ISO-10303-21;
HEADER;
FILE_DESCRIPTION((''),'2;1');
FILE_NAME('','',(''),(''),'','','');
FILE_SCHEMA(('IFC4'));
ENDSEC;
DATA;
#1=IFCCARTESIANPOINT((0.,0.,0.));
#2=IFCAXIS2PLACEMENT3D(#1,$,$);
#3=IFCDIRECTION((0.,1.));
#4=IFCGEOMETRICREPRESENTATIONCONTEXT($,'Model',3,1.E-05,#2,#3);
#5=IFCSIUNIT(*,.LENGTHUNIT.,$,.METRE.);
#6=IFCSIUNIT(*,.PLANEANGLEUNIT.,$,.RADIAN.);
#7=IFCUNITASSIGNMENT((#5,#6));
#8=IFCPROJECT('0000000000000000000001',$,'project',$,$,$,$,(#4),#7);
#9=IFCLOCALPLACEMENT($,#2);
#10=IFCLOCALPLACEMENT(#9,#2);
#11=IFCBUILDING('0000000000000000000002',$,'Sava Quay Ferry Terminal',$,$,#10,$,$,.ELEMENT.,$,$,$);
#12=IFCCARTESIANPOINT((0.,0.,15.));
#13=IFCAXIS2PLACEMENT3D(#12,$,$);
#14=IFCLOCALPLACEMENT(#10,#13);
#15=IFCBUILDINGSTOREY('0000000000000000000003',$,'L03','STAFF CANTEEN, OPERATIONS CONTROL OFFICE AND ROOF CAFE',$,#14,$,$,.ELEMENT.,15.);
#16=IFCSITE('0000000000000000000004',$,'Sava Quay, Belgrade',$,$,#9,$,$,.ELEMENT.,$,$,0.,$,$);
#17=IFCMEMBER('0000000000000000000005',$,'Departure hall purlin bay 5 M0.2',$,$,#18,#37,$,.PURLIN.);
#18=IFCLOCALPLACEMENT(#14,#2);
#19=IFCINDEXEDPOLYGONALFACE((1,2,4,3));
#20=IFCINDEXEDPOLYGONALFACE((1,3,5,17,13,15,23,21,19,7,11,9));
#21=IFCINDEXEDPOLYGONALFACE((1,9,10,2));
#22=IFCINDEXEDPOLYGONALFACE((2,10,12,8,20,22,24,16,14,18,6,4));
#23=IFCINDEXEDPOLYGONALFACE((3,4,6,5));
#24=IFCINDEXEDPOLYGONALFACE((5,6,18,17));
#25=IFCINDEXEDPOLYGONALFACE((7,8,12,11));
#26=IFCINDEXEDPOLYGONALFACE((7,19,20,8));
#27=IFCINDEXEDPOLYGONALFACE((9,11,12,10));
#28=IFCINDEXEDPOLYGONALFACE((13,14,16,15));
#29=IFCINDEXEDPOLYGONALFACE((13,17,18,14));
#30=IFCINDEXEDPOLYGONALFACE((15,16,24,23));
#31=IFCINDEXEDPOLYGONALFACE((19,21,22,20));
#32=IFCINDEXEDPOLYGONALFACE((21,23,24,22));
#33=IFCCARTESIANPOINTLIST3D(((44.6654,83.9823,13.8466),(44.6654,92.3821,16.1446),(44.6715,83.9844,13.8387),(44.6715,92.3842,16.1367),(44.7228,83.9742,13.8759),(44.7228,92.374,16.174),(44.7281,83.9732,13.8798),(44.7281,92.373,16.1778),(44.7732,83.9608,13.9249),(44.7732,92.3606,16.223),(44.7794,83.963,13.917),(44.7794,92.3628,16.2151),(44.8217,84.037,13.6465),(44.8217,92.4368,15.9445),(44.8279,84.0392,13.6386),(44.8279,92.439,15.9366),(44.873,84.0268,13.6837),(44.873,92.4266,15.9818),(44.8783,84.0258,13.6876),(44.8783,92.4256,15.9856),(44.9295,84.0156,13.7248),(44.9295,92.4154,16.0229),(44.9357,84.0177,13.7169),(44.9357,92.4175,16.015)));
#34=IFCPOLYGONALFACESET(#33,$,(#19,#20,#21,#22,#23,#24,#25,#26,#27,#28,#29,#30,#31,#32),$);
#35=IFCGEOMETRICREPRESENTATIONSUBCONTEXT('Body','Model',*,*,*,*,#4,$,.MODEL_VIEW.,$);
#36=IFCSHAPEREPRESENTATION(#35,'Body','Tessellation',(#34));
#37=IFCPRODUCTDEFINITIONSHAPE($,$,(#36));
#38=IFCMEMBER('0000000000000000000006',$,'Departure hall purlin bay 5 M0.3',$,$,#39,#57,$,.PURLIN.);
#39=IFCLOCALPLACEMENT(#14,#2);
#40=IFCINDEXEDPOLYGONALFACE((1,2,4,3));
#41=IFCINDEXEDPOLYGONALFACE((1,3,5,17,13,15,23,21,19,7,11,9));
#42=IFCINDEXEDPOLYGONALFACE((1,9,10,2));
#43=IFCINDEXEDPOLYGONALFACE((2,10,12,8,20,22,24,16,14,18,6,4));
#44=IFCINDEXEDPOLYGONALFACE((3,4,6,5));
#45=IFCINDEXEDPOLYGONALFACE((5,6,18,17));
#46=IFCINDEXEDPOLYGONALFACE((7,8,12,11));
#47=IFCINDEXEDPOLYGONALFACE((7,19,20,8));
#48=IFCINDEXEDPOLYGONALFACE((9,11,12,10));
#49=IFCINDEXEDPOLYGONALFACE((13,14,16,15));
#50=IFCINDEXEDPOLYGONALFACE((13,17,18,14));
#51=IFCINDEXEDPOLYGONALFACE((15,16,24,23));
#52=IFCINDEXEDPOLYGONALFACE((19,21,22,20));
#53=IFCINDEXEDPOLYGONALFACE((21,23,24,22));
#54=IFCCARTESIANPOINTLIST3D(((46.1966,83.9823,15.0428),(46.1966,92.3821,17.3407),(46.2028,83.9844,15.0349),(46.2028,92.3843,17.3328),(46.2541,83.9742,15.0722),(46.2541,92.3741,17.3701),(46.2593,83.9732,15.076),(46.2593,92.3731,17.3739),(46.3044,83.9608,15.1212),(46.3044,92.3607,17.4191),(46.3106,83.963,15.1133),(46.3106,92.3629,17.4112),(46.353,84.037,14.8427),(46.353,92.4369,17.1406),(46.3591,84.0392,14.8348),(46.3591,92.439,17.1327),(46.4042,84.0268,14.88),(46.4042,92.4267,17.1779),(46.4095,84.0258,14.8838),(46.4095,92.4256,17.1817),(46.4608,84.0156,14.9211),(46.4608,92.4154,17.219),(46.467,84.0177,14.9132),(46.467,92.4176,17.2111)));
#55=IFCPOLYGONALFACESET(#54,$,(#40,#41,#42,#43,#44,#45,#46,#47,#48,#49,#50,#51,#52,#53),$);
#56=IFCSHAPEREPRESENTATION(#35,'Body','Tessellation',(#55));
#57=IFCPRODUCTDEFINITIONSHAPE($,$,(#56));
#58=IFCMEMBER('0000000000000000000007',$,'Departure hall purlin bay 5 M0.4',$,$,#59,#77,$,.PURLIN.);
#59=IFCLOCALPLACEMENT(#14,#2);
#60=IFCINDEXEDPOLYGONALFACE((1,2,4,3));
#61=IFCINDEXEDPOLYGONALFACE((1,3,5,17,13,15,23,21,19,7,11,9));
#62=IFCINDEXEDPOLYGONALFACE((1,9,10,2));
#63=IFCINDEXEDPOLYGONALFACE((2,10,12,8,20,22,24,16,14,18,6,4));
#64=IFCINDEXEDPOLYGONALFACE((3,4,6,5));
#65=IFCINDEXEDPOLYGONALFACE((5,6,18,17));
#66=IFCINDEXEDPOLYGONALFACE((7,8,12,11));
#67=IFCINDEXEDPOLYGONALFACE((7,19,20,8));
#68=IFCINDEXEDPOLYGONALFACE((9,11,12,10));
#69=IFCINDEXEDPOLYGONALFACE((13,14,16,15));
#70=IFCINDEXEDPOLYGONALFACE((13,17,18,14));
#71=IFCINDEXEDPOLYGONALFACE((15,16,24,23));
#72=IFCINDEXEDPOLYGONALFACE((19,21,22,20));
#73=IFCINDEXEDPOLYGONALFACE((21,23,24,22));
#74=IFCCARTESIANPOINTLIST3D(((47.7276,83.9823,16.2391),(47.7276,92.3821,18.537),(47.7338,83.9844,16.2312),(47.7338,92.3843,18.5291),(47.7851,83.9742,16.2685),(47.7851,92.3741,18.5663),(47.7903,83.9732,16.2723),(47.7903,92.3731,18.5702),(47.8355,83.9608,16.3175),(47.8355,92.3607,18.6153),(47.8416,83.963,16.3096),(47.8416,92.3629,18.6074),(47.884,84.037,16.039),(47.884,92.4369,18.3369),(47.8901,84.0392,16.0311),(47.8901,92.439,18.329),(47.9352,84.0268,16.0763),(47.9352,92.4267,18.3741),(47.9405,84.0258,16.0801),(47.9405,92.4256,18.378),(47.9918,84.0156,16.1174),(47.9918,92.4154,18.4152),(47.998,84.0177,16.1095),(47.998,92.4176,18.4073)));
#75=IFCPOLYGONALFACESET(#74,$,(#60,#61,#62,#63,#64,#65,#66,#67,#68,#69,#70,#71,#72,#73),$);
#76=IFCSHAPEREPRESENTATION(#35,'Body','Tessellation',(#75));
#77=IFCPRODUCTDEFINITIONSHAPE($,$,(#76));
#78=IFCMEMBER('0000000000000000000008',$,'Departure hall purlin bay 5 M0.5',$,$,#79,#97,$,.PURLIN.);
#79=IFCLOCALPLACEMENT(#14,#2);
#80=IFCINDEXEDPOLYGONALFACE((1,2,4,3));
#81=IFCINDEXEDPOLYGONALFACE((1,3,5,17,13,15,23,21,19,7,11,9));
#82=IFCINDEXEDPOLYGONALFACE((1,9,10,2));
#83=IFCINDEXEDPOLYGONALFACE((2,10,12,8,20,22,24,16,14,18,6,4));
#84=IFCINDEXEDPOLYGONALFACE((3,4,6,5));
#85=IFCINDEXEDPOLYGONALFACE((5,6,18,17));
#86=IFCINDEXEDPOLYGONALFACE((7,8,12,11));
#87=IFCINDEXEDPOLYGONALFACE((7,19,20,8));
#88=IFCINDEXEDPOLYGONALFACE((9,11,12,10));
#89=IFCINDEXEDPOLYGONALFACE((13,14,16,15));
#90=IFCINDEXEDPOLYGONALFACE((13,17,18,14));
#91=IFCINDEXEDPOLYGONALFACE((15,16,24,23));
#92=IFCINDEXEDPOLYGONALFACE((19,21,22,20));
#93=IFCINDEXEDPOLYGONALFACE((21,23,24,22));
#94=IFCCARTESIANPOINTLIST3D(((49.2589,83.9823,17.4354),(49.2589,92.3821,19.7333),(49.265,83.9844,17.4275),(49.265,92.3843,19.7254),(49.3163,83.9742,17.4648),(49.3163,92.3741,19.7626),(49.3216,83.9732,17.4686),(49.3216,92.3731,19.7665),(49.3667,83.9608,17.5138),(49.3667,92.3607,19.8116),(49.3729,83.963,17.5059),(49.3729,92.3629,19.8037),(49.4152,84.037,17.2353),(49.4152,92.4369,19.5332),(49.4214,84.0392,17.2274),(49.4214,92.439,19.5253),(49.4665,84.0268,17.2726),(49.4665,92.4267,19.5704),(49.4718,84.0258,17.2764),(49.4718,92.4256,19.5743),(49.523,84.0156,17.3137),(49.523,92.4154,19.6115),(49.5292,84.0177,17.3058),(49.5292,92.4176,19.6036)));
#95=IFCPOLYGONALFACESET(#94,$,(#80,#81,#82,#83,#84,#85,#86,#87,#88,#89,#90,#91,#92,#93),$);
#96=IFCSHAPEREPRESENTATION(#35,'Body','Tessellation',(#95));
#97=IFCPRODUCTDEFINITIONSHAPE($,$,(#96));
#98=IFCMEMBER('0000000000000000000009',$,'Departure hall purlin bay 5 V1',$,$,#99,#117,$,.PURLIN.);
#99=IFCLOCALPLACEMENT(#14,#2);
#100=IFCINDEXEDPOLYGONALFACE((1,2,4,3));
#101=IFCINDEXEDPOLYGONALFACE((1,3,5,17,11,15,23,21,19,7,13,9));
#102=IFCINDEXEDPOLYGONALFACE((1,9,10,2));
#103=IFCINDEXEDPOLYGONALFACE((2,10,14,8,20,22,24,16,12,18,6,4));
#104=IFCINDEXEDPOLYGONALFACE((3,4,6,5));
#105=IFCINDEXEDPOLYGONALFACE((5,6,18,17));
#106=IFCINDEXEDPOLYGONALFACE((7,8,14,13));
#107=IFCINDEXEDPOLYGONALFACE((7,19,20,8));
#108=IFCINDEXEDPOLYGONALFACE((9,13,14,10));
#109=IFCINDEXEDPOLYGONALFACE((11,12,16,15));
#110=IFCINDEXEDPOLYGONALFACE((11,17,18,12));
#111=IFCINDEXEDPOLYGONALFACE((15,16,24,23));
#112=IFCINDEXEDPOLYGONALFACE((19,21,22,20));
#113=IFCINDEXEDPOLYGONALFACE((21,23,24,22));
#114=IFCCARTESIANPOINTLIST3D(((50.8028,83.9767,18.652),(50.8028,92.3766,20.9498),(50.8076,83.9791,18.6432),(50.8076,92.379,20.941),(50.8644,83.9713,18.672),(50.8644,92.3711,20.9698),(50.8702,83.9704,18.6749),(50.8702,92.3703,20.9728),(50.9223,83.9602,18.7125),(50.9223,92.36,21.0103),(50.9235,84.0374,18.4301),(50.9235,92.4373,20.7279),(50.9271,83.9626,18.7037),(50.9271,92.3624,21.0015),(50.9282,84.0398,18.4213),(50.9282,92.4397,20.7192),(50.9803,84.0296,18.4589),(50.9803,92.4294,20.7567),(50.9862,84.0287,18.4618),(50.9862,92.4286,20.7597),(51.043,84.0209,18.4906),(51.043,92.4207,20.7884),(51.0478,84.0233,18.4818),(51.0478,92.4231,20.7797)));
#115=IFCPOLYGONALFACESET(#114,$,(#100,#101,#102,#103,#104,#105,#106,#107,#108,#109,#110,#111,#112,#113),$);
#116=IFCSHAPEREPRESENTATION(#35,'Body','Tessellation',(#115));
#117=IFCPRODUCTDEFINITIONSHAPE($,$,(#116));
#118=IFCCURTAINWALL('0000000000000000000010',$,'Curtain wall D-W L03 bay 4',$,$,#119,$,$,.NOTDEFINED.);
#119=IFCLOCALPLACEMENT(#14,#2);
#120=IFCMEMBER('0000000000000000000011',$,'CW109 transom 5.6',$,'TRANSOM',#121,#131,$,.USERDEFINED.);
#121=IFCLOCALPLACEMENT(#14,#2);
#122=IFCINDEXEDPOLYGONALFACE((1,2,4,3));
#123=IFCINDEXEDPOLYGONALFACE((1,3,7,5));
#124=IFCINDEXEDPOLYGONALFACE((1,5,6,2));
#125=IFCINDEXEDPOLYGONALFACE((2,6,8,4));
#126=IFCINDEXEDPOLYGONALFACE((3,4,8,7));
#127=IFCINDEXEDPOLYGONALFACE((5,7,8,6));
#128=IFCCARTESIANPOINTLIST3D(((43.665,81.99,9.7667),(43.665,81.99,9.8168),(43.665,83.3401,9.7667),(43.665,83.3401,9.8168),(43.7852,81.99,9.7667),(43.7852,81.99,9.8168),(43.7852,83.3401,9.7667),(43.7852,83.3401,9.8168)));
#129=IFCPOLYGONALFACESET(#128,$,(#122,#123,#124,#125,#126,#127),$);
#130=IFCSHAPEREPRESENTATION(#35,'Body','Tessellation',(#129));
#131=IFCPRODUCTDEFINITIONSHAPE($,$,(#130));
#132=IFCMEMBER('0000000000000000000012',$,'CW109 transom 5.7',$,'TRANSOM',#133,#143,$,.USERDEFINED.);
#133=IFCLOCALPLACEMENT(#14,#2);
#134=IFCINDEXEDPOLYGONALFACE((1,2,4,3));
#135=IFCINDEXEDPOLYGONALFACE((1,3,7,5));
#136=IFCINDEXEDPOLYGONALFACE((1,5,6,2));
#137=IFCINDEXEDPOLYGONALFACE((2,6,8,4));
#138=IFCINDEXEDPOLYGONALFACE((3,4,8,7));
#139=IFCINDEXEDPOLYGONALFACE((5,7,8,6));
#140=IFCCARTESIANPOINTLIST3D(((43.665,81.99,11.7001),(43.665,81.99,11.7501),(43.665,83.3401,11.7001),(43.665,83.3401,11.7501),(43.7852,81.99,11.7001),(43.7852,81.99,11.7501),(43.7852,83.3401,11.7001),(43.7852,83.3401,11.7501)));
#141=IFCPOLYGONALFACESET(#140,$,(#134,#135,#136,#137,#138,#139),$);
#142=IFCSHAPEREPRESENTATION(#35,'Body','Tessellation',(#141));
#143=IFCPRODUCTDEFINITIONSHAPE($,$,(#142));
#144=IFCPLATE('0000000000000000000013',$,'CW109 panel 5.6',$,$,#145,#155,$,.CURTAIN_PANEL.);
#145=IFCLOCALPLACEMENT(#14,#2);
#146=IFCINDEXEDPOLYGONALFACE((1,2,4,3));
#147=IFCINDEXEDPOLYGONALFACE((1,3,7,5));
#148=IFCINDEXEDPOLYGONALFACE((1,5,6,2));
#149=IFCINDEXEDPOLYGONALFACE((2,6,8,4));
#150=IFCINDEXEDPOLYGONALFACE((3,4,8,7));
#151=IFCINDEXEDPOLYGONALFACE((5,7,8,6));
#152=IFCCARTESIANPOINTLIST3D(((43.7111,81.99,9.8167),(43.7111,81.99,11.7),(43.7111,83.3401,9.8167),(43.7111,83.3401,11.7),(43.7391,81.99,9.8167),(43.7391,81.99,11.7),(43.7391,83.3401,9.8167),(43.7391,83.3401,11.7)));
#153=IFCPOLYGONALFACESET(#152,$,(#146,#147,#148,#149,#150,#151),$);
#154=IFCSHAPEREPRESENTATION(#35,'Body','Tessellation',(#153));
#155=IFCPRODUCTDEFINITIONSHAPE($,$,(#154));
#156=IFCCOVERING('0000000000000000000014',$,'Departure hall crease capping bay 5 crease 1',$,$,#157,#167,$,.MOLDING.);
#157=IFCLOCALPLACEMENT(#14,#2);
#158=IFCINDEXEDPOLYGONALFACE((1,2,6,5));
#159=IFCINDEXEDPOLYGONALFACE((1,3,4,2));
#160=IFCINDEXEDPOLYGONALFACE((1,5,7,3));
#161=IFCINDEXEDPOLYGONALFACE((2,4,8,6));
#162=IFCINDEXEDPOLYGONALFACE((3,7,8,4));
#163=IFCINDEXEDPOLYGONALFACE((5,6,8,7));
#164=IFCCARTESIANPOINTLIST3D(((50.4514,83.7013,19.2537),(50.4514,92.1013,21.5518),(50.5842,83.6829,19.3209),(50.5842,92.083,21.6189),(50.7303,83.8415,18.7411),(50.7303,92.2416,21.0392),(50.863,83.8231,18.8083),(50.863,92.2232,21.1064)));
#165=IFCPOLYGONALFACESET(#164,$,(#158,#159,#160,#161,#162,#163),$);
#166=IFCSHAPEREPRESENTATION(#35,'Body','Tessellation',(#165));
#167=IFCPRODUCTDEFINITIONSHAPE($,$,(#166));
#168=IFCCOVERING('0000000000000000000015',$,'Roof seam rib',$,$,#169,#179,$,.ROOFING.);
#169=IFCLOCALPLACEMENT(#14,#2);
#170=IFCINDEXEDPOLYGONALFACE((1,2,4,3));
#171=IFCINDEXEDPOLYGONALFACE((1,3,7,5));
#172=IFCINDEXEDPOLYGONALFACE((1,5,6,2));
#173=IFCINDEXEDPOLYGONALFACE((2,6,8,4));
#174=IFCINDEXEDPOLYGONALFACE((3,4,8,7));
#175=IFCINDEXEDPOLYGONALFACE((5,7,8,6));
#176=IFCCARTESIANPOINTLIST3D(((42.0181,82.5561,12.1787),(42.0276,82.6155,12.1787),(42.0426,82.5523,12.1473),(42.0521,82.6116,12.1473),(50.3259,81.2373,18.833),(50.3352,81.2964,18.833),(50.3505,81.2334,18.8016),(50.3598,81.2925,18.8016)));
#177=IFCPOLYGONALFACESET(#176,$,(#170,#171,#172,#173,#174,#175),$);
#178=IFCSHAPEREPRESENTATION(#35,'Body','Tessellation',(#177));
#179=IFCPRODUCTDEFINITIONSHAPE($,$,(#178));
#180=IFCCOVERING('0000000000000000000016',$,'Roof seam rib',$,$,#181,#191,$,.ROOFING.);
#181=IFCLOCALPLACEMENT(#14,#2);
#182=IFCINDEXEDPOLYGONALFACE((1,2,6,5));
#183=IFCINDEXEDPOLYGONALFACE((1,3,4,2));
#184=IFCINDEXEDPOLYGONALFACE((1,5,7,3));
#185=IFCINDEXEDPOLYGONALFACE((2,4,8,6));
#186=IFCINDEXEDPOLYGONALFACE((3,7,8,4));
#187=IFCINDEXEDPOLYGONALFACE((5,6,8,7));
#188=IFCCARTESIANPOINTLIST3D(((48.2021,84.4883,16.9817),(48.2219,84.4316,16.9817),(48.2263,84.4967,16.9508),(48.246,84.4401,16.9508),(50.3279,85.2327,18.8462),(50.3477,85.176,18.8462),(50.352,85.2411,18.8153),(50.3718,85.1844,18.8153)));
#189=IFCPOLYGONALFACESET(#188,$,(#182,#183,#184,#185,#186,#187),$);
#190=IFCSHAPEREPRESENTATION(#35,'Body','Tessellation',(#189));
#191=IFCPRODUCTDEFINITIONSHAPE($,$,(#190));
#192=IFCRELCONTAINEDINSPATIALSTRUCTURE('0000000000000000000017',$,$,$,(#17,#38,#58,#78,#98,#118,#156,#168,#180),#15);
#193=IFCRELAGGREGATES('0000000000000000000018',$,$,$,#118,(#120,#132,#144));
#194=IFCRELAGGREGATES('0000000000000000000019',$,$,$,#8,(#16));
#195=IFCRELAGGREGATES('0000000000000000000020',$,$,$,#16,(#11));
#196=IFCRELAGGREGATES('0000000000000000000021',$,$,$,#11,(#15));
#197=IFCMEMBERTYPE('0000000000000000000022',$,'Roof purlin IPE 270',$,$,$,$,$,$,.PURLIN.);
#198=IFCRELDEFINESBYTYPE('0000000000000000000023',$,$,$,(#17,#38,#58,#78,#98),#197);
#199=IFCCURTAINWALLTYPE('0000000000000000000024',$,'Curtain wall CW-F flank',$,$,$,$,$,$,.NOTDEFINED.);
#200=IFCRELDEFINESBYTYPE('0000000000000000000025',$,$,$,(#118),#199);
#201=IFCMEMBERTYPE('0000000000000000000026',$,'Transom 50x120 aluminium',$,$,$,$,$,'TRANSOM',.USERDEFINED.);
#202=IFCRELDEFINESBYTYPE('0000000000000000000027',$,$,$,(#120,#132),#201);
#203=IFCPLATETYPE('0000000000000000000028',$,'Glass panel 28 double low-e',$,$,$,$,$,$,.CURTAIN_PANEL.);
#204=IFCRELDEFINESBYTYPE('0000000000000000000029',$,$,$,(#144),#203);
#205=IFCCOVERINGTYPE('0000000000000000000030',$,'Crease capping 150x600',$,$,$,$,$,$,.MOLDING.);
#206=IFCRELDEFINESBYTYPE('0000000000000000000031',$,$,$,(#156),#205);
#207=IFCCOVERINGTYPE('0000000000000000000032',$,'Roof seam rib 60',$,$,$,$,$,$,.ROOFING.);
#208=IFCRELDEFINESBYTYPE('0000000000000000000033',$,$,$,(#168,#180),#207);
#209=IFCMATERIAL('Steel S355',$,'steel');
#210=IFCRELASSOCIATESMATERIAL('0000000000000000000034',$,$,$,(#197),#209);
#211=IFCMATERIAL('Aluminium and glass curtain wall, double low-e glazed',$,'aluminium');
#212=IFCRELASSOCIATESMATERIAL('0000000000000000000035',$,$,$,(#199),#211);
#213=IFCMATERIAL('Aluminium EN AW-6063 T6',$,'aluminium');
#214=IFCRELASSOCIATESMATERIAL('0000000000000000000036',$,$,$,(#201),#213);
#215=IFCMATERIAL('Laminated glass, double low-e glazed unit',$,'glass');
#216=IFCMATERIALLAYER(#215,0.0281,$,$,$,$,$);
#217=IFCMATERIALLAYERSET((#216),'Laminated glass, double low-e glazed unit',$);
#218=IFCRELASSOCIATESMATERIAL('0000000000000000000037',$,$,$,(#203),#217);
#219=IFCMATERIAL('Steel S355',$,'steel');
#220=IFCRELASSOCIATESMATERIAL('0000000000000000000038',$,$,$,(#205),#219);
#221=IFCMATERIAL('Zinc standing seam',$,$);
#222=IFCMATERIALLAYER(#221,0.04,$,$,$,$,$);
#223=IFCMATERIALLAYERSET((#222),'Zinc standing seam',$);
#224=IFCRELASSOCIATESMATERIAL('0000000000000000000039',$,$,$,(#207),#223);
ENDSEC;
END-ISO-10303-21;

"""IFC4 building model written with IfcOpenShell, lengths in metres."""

from ifc_helpers import new_model, si_unit, direction, frame, origin, origin_2d, place, context, subcontext, project, spatial, polyline, rectangle, i_section, outline, extrude, material, layer, layer_set, material_profile, profile_set, type_object, element, aggregate, save


model = new_model("IFC4")

# Units and contexts
model_context = context("Model", 3, precision=1e-05, world=origin(), true_north=direction((0.0, 1.0)))
body_context = subcontext(model_context, "Body", "Model", "MODEL_VIEW")
ifc_project = project(units=[si_unit("LENGTHUNIT", "METRE"), si_unit("PLANEANGLEUNIT", "RADIAN")], contexts=[model_context])

# Site, building, storey
site_placement = place(None, origin())
site = spatial("IfcSite", under=ifc_project, at=site_placement, Name="Sava Quay, Belgrade", CompositionType="ELEMENT", RefElevation=0.0)
building_placement = place(site_placement, origin())
building = spatial("IfcBuilding", under=site, at=building_placement, Name="Sava Quay Ferry Terminal", CompositionType="ELEMENT")
storey_placement = place(building_placement, frame((0.0, 0.0, 15.0)))
storey = spatial("IfcBuildingStorey", under=building, at=storey_placement, Name="L03", Description="STAFF CANTEEN, OPERATIONS CONTROL OFFICE AND ROOF CAFE", CompositionType="ELEMENT", Elevation=15.0)

# Members
ifc_material_1 = material(Name="Steel S355", Category="steel")
ifc_material_profile_1 = material_profile(ifc_material_1, i_section(OverallWidth=0.135, OverallDepth=0.27, WebThickness=0.0066, FlangeThickness=0.0103, at=origin_2d()), Name="IPE 270")
ifc_profile_set_1 = profile_set([ifc_material_profile_1], Name="Steel S355")
member_type_1 = type_object("IfcMemberType", Name="Roof purlin IPE 270", PredefinedType="PURLIN", material=ifc_profile_set_1)
for number, where, z_axis, x_axis, name in (
    (1, (44.8005, 84.0, 13.7817), (0.0, 0.964553, 0.263888), (-0.79862, 0.158817, -0.580502), "Departure hall purlin bay 5 M0.2"),
    (2, (46.3318, 84.0, 14.978), (0.0, 0.96456, 0.263862), (-0.79862, 0.158802, -0.580507), "Departure hall purlin bay 5 M0.3"),
    (3, (47.8628, 84.0, 16.1743), (0.0, 0.96456, 0.263862), (-0.79862, 0.158802, -0.580507), "Departure hall purlin bay 5 M0.4"),
    (4, (49.394, 84.0, 17.3706), (0.0, 0.96456, 0.263862), (-0.79862, 0.158802, -0.580507), "Departure hall purlin bay 5 M0.5"),
    (5, (50.9253, 84.0, 18.5669), (0.0, 0.96456, 0.263862), (-0.885499, 0.122601, -0.448175), "Departure hall purlin bay 5 V1"),
):
    element("IfcMember", number, at=place(storey_placement, frame(where, z_axis=z_axis, x_axis=x_axis)), inside=storey, type_object=member_type_1, Name=name, PredefinedType="PURLIN", context=body_context, shape_type="SweptSolid", body=[
        extrude(i_section(OverallWidth=0.135, OverallDepth=0.27, WebThickness=0.0066, FlangeThickness=0.0103, at=origin_2d()), origin(), (0.0, 0.0, 1.0), 8.7085),
    ])

# Curtain wall, members, plate
ifc_material_2 = material(Name="Aluminium and glass curtain wall, double low-e glazed", Category="aluminium")
curtain_wall_type = type_object("IfcCurtainWallType", Name="Curtain wall CW-F flank", PredefinedType="NOTDEFINED", material=ifc_material_2)
curtain_wall_placement = place(storey_placement, origin())
curtain_wall = element("IfcCurtainWall", 6, at=curtain_wall_placement, inside=storey, type_object=curtain_wall_type, Name="Curtain wall D-W L03 bay 4", PredefinedType="NOTDEFINED")
ifc_material_3 = material(Name="Aluminium EN AW-6063 T6", Category="aluminium")
ifc_material_profile_2 = material_profile(ifc_material_3, rectangle(XDim=0.1201, YDim=0.05, at=origin_2d()), Name="Transom 50x120 aluminium")
ifc_profile_set_2 = profile_set([ifc_material_profile_2], Name="Aluminium EN AW-6063 T6")
member_type_2 = type_object("IfcMemberType", Name="Transom 50x120 aluminium", ElementType="TRANSOM", PredefinedType="USERDEFINED", material=ifc_profile_set_2)
member_1_placement = place(storey_placement, frame((43.7251, 81.99, 9.7917), z_axis=(0.0, 1.0, 0.0), x_axis=(-1.0, 0.0, 0.0)))
member_1 = element("IfcMember", 7, at=member_1_placement, type_object=member_type_2, Name="CW109 transom 5.6", ObjectType="TRANSOM", PredefinedType="USERDEFINED", context=body_context, shape_type="SweptSolid", body=[
    extrude(rectangle(XDim=0.1201, YDim=0.05, at=origin_2d()), origin(), (0.0, 0.0, 1.0), 1.3501),
])
member_2_placement = place(storey_placement, frame((43.7251, 81.99, 11.7251), z_axis=(0.0, 1.0, 0.0), x_axis=(-1.0, 0.0, 0.0)))
member_2 = element("IfcMember", 8, at=member_2_placement, type_object=member_type_2, Name="CW109 transom 5.7", ObjectType="TRANSOM", PredefinedType="USERDEFINED", context=body_context, shape_type="SweptSolid", body=[
    extrude(rectangle(XDim=0.1201, YDim=0.05, at=origin_2d()), origin(), (0.0, 0.0, 1.0), 1.3501),
])
ifc_material_4 = material(Name="Laminated glass, double low-e glazed unit", Category="glass")
ifc_layer_1 = layer(ifc_material_4, 0.0281)
ifc_layer_set_1 = layer_set([ifc_layer_1], Name="Laminated glass, double low-e glazed unit")
plate_type = type_object("IfcPlateType", Name="Glass panel 28 double low-e", PredefinedType="CURTAIN_PANEL", material=ifc_layer_set_1)
plate_placement = place(storey_placement, frame((43.7251, 82.665, 9.8167), z_axis=(0.0, 0.0, 1.0), x_axis=(0.0, 1.0, 0.0)))
plate = element("IfcPlate", 9, at=plate_placement, type_object=plate_type, Name="CW109 panel 5.6", PredefinedType="CURTAIN_PANEL", context=body_context, shape_type="SweptSolid", body=[
    extrude(rectangle(XDim=1.3501, YDim=0.0281, at=origin_2d()), origin(), (0.0, 0.0, 1.0), 1.8833),
])
aggregate(curtain_wall, [member_1, member_2, plate])

# Coverings
ifc_material_5 = material(Name="Steel S355", Category="steel")
ifc_material_profile_3 = material_profile(ifc_material_5, rectangle(XDim=0.1499, YDim=0.6001, at=origin_2d()), Name="Cap 150 x 600")
ifc_profile_set_3 = profile_set([ifc_material_profile_3], Name="Steel S355")
covering_type_1 = type_object("IfcCoveringType", Name="Crease capping 150x600", PredefinedType="MOLDING", material=ifc_profile_set_3)
covering_1_placement = place(storey_placement, frame((50.6572, 83.7622, 19.031), z_axis=(0.0, 0.964555, 0.263881), x_axis=(-0.885499, 0.12261, -0.448172)))
element("IfcCovering", 10, at=covering_1_placement, inside=storey, type_object=covering_type_1, Name="Departure hall crease capping bay 5 crease 1", PredefinedType="MOLDING", context=body_context, shape_type="SweptSolid", body=[
    extrude(rectangle(XDim=0.1499, YDim=0.6001, at=origin_2d()), origin(), (0.0, 0.0, 1.0), 8.7087),
])
ifc_material_6 = material(Name="Zinc standing seam")
ifc_layer_2 = layer(ifc_material_6, 0.04)
ifc_layer_set_2 = layer_set([ifc_layer_2], Name="Zinc standing seam")
covering_type_2 = type_object("IfcCoveringType", Name="Roof seam rib 60", PredefinedType="ROOFING", material=ifc_layer_set_2)
covering_2_placement = place(storey_placement, frame((42.0276, 82.6155, 12.1787), z_axis=(-0.61274, 0.09728, 0.784274), x_axis=(0.774571, -0.122987, 0.620414)))
element("IfcCovering", 11, at=covering_2_placement, inside=storey, type_object=covering_type_2, Name="Roof seam rib", PredefinedType="ROOFING", context=body_context, shape_type="SweptSolid", body=[
    extrude(outline(polyline([(0.0, 0.0), (10.7255, 0.0), (10.7256, -0.0598), (-0.0001, -0.0601), (0.0, 0.0)])), origin(), (0.0, 0.0, -1.0), 0.04),
])
covering_3_placement = place(storey_placement, frame((48.2021, 84.4883, 16.9817), z_axis=(-0.602037, -0.210194, 0.770305), x_axis=(0.727019, 0.254586, 0.637676)))
element("IfcCovering", 12, at=covering_3_placement, inside=storey, type_object=covering_type_2, Name="Roof seam rib", PredefinedType="ROOFING", context=body_context, shape_type="SweptSolid", body=[
    extrude(outline(polyline([(0.0, 0.0), (2.9239, 0.0), (2.9239, -0.06), (0.0, -0.06), (0.0, 0.0)])), origin(), (0.0, 0.0, -1.0), 0.04),
])

save(model, "model.ifc")
